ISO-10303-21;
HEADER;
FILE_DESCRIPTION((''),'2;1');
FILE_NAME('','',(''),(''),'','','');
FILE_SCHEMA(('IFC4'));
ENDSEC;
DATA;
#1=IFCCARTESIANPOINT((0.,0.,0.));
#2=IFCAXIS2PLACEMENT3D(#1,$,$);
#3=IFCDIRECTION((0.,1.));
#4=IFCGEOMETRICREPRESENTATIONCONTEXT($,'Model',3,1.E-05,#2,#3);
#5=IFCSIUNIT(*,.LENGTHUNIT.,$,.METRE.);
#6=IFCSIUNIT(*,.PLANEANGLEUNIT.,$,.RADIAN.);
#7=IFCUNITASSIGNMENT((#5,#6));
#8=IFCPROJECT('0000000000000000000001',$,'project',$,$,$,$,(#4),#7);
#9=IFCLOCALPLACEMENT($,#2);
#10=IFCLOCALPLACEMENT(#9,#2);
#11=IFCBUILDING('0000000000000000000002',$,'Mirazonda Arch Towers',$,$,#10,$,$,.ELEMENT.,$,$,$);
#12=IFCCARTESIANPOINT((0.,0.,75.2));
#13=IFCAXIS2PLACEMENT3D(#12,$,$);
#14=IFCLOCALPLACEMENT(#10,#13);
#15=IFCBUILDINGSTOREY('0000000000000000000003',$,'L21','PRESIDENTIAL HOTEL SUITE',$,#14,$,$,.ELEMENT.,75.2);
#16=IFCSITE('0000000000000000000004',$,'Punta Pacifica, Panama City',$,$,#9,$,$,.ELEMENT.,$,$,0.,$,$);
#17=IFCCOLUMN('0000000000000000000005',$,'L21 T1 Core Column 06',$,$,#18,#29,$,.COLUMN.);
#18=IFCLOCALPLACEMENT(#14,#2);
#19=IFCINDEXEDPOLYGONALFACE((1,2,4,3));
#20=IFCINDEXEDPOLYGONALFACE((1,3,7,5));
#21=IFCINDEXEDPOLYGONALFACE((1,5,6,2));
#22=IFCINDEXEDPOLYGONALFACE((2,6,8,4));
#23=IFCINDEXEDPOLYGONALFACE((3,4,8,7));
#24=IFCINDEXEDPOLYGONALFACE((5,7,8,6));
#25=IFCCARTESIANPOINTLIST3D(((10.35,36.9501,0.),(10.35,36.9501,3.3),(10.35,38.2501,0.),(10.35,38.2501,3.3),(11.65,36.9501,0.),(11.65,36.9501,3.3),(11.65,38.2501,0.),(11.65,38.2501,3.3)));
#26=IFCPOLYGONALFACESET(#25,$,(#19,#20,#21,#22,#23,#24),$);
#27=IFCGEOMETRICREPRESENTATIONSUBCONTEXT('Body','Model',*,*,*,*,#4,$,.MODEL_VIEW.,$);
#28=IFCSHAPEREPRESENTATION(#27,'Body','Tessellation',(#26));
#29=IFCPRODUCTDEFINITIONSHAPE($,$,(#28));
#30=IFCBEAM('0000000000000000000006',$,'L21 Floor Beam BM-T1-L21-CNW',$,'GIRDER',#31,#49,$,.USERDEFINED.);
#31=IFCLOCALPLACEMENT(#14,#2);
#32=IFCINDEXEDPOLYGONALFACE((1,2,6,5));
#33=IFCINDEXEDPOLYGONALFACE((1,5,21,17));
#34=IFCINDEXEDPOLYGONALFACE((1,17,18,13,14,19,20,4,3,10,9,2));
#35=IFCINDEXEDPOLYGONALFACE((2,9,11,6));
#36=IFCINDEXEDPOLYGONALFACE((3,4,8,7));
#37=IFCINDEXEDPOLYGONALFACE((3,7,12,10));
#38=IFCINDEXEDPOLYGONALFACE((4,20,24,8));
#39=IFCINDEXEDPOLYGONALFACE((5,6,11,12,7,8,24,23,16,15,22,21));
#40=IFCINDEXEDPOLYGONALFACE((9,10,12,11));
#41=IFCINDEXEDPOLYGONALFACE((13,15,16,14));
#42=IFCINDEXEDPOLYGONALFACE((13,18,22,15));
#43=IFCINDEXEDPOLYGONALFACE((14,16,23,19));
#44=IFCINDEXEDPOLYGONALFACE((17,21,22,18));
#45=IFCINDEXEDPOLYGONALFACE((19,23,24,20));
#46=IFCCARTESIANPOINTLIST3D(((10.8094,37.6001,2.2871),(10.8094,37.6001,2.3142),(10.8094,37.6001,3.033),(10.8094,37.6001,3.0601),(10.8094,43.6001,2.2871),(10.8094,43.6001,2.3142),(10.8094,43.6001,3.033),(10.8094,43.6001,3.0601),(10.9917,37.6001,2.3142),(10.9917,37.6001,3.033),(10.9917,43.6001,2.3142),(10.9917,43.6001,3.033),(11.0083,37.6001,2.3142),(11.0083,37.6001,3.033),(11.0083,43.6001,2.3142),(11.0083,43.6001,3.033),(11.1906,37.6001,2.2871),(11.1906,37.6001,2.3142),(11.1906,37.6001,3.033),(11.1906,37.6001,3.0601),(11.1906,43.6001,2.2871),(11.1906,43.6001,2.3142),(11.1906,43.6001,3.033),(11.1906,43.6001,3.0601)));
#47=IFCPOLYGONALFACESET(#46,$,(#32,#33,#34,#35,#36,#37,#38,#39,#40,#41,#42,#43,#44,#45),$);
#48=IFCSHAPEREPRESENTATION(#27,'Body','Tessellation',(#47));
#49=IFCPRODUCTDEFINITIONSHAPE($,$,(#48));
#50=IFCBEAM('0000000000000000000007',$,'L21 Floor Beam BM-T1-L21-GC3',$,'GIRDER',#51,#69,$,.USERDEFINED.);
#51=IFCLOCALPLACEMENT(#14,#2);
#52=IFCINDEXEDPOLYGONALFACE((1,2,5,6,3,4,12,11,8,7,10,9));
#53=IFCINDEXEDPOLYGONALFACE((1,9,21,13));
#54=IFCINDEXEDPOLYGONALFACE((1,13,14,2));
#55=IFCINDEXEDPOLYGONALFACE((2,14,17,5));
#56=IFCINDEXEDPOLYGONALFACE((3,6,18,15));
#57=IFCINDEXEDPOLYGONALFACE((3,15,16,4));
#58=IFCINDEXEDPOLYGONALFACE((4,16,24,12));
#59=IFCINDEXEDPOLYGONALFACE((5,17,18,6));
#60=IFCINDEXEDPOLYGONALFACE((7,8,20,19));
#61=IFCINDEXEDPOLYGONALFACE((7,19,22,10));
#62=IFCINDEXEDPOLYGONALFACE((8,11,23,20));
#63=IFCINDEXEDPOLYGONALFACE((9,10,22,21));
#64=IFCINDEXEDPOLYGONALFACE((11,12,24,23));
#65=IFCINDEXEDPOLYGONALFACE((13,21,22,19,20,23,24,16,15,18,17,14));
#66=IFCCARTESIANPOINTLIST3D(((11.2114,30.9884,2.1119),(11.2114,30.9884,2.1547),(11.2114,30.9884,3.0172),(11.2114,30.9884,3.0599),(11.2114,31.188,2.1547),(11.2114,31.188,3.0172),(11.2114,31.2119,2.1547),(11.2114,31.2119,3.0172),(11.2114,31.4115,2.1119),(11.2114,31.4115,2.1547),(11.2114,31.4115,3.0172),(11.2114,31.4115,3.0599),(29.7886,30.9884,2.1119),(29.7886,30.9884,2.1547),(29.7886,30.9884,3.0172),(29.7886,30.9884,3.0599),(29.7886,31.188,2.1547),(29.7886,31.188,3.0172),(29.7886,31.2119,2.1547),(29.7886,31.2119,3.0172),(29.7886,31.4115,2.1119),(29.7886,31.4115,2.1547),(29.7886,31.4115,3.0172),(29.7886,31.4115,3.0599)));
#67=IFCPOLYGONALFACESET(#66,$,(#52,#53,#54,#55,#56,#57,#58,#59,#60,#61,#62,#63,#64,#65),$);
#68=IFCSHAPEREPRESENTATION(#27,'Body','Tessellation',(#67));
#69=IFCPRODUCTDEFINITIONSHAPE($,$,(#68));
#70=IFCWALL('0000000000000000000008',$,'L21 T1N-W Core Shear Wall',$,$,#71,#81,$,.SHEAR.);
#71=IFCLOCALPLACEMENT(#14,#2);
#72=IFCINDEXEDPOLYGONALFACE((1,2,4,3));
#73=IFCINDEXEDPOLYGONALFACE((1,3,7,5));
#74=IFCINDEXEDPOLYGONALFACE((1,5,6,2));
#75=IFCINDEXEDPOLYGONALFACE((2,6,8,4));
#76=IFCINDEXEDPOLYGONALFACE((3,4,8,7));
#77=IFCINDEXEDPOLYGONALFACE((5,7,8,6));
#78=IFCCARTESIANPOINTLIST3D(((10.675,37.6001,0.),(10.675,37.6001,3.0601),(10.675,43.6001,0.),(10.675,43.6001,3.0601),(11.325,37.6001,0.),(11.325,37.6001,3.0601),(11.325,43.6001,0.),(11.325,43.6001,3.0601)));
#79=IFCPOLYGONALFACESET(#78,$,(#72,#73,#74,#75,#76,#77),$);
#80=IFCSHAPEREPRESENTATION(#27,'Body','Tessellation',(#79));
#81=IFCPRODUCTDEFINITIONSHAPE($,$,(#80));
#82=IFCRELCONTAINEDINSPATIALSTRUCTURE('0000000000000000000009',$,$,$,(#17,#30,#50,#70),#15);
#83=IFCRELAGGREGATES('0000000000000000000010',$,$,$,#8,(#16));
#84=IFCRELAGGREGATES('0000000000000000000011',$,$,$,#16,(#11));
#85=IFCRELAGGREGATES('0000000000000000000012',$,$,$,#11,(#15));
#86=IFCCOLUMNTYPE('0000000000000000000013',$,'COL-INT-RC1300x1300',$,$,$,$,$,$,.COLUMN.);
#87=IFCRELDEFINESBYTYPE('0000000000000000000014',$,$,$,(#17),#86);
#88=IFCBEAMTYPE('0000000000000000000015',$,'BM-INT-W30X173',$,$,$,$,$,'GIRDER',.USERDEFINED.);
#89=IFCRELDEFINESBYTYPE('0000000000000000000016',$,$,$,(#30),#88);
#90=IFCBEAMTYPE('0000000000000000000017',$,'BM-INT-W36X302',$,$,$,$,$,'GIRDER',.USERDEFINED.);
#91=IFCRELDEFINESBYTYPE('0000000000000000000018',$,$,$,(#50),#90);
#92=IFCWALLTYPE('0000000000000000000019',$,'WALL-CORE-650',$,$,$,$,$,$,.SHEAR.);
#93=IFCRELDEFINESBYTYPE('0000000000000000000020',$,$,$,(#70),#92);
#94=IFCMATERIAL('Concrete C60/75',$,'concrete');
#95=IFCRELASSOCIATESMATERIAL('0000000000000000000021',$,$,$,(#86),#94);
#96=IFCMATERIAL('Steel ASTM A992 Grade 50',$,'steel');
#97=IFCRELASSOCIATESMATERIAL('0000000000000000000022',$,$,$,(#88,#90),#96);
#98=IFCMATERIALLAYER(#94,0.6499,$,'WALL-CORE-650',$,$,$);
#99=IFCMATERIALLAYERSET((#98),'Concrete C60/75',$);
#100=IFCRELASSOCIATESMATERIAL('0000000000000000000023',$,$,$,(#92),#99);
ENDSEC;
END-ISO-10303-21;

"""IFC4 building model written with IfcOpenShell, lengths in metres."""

from ifc_helpers import new_model, si_unit, direction, frame, frame_2d, origin, origin_2d, place, context, subcontext, project, spatial, rectangle, i_section, extrude, material, layer, layer_set, material_profile, profile_set, type_object, element, save


model = new_model("IFC4")

# Units and contexts
model_context = context("Model", 3, precision=1e-05, world=origin(), true_north=direction((0.0, 1.0)))
body_context = subcontext(model_context, "Body", "Model", "MODEL_VIEW")
ifc_project = project(units=[si_unit("LENGTHUNIT", "METRE"), si_unit("PLANEANGLEUNIT", "RADIAN")], contexts=[model_context])

# Site, building, storey
site_placement = place(None, origin())
site = spatial("IfcSite", under=ifc_project, at=site_placement, Name="Punta Pacifica, Panama City", CompositionType="ELEMENT", RefElevation=0.0)
building_placement = place(site_placement, origin())
building = spatial("IfcBuilding", under=site, at=building_placement, Name="Mirazonda Arch Towers", CompositionType="ELEMENT")
storey_placement = place(building_placement, frame((0.0, 0.0, 75.2)))
storey = spatial("IfcBuildingStorey", under=building, at=storey_placement, Name="L21", Description="PRESIDENTIAL HOTEL SUITE", CompositionType="ELEMENT", Elevation=75.2)

# Column
ifc_material_1 = material(Name="Concrete C60/75", Category="concrete")
ifc_material_profile_1 = material_profile(ifc_material_1, rectangle(XDim=1.3, YDim=1.3, at=origin_2d()), Name="RC1300x1300")
ifc_profile_set_1 = profile_set([ifc_material_profile_1], Name="Concrete C60/75")
column_type = type_object("IfcColumnType", Name="COL-INT-RC1300x1300", PredefinedType="COLUMN", material=ifc_profile_set_1)
column_placement = place(storey_placement, frame((11.0, 37.6001, 0.0), z_axis=(0.0, 0.0, 1.0), x_axis=(1.0, 0.0, 0.0)))
element("IfcColumn", 1, at=column_placement, inside=storey, type_object=column_type, Name="L21 T1 Core Column 06", PredefinedType="COLUMN", context=body_context, shape_type="SweptSolid", body=[
    extrude(rectangle(XDim=1.3, YDim=1.3, at=origin_2d()), origin(), (0.0, 0.0, 1.0), 3.3),
])

# Beams
ifc_material_2 = material(Name="Steel ASTM A992 Grade 50", Category="steel")
ifc_material_profile_2 = material_profile(ifc_material_2, i_section(OverallWidth=0.3811, OverallDepth=0.7729, WebThickness=0.0166, FlangeThickness=0.0271, at=origin_2d()), Name="W30X173")
ifc_profile_set_2 = profile_set([ifc_material_profile_2], Name="Steel ASTM A992 Grade 50")
beam_type_1 = type_object("IfcBeamType", Name="BM-INT-W30X173", ElementType="GIRDER", PredefinedType="USERDEFINED", material=ifc_profile_set_2)
beam_1_placement = place(storey_placement, frame((11.0, 37.6001, 2.6736), z_axis=(0.0, 1.0, 0.0), x_axis=(-1.0, 0.0, 0.0)))
element("IfcBeam", 2, at=beam_1_placement, inside=storey, type_object=beam_type_1, Name="L21 Floor Beam BM-T1-L21-CNW", ObjectType="GIRDER", PredefinedType="USERDEFINED", context=body_context, shape_type="SweptSolid", body=[
    extrude(i_section(OverallWidth=0.3811, OverallDepth=0.7729, WebThickness=0.0166, FlangeThickness=0.0271, at=origin_2d()), origin(), (0.0, 0.0, 1.0), 6.0),
])
ifc_material_profile_3 = material_profile(ifc_material_2, i_section(OverallWidth=0.4231, OverallDepth=0.948, WebThickness=0.0239, FlangeThickness=0.0427, at=origin_2d()), Name="W36X302")
ifc_profile_set_3 = profile_set([ifc_material_profile_3], Name="Steel ASTM A992 Grade 50")
beam_type_2 = type_object("IfcBeamType", Name="BM-INT-W36X302", ElementType="GIRDER", PredefinedType="USERDEFINED", material=ifc_profile_set_3)
beam_2_placement = place(storey_placement, frame((11.2114, 31.2, 2.5859), z_axis=(1.0, 0.0, 0.0), x_axis=(0.0, 1.0, 0.0)))
element("IfcBeam", 3, at=beam_2_placement, inside=storey, type_object=beam_type_2, Name="L21 Floor Beam BM-T1-L21-GC3", ObjectType="GIRDER", PredefinedType="USERDEFINED", context=body_context, shape_type="SweptSolid", body=[
    extrude(i_section(OverallWidth=0.4231, OverallDepth=0.948, WebThickness=0.0239, FlangeThickness=0.0427, at=origin_2d()), origin(), (0.0, 0.0, 1.0), 18.5771),
])

# Wall
ifc_layer_1 = layer(ifc_material_1, 0.6499, Name="WALL-CORE-650")
ifc_layer_set_1 = layer_set([ifc_layer_1], Name="Concrete C60/75")
wall_type_1 = type_object("IfcWallType", Name="WALL-CORE-650", PredefinedType="SHEAR", material=ifc_layer_set_1)
wall_1_placement = place(storey_placement, frame((11.0, 37.6001, 0.0), z_axis=(0.0, 0.0, 1.0), x_axis=(0.0, 1.0, 0.0)))
element("IfcWall", 4, at=wall_1_placement, inside=storey, type_object=wall_type_1, Name="L21 T1N-W Core Shear Wall", PredefinedType="SHEAR", context=body_context, shape_type="SweptSolid", body=[
    extrude(rectangle(XDim=6.0, YDim=0.6499, at=frame_2d((3.0, 0.0))), origin(), (0.0, 0.0, 1.0), 3.0601),
])

save(model, "model.ifc")
